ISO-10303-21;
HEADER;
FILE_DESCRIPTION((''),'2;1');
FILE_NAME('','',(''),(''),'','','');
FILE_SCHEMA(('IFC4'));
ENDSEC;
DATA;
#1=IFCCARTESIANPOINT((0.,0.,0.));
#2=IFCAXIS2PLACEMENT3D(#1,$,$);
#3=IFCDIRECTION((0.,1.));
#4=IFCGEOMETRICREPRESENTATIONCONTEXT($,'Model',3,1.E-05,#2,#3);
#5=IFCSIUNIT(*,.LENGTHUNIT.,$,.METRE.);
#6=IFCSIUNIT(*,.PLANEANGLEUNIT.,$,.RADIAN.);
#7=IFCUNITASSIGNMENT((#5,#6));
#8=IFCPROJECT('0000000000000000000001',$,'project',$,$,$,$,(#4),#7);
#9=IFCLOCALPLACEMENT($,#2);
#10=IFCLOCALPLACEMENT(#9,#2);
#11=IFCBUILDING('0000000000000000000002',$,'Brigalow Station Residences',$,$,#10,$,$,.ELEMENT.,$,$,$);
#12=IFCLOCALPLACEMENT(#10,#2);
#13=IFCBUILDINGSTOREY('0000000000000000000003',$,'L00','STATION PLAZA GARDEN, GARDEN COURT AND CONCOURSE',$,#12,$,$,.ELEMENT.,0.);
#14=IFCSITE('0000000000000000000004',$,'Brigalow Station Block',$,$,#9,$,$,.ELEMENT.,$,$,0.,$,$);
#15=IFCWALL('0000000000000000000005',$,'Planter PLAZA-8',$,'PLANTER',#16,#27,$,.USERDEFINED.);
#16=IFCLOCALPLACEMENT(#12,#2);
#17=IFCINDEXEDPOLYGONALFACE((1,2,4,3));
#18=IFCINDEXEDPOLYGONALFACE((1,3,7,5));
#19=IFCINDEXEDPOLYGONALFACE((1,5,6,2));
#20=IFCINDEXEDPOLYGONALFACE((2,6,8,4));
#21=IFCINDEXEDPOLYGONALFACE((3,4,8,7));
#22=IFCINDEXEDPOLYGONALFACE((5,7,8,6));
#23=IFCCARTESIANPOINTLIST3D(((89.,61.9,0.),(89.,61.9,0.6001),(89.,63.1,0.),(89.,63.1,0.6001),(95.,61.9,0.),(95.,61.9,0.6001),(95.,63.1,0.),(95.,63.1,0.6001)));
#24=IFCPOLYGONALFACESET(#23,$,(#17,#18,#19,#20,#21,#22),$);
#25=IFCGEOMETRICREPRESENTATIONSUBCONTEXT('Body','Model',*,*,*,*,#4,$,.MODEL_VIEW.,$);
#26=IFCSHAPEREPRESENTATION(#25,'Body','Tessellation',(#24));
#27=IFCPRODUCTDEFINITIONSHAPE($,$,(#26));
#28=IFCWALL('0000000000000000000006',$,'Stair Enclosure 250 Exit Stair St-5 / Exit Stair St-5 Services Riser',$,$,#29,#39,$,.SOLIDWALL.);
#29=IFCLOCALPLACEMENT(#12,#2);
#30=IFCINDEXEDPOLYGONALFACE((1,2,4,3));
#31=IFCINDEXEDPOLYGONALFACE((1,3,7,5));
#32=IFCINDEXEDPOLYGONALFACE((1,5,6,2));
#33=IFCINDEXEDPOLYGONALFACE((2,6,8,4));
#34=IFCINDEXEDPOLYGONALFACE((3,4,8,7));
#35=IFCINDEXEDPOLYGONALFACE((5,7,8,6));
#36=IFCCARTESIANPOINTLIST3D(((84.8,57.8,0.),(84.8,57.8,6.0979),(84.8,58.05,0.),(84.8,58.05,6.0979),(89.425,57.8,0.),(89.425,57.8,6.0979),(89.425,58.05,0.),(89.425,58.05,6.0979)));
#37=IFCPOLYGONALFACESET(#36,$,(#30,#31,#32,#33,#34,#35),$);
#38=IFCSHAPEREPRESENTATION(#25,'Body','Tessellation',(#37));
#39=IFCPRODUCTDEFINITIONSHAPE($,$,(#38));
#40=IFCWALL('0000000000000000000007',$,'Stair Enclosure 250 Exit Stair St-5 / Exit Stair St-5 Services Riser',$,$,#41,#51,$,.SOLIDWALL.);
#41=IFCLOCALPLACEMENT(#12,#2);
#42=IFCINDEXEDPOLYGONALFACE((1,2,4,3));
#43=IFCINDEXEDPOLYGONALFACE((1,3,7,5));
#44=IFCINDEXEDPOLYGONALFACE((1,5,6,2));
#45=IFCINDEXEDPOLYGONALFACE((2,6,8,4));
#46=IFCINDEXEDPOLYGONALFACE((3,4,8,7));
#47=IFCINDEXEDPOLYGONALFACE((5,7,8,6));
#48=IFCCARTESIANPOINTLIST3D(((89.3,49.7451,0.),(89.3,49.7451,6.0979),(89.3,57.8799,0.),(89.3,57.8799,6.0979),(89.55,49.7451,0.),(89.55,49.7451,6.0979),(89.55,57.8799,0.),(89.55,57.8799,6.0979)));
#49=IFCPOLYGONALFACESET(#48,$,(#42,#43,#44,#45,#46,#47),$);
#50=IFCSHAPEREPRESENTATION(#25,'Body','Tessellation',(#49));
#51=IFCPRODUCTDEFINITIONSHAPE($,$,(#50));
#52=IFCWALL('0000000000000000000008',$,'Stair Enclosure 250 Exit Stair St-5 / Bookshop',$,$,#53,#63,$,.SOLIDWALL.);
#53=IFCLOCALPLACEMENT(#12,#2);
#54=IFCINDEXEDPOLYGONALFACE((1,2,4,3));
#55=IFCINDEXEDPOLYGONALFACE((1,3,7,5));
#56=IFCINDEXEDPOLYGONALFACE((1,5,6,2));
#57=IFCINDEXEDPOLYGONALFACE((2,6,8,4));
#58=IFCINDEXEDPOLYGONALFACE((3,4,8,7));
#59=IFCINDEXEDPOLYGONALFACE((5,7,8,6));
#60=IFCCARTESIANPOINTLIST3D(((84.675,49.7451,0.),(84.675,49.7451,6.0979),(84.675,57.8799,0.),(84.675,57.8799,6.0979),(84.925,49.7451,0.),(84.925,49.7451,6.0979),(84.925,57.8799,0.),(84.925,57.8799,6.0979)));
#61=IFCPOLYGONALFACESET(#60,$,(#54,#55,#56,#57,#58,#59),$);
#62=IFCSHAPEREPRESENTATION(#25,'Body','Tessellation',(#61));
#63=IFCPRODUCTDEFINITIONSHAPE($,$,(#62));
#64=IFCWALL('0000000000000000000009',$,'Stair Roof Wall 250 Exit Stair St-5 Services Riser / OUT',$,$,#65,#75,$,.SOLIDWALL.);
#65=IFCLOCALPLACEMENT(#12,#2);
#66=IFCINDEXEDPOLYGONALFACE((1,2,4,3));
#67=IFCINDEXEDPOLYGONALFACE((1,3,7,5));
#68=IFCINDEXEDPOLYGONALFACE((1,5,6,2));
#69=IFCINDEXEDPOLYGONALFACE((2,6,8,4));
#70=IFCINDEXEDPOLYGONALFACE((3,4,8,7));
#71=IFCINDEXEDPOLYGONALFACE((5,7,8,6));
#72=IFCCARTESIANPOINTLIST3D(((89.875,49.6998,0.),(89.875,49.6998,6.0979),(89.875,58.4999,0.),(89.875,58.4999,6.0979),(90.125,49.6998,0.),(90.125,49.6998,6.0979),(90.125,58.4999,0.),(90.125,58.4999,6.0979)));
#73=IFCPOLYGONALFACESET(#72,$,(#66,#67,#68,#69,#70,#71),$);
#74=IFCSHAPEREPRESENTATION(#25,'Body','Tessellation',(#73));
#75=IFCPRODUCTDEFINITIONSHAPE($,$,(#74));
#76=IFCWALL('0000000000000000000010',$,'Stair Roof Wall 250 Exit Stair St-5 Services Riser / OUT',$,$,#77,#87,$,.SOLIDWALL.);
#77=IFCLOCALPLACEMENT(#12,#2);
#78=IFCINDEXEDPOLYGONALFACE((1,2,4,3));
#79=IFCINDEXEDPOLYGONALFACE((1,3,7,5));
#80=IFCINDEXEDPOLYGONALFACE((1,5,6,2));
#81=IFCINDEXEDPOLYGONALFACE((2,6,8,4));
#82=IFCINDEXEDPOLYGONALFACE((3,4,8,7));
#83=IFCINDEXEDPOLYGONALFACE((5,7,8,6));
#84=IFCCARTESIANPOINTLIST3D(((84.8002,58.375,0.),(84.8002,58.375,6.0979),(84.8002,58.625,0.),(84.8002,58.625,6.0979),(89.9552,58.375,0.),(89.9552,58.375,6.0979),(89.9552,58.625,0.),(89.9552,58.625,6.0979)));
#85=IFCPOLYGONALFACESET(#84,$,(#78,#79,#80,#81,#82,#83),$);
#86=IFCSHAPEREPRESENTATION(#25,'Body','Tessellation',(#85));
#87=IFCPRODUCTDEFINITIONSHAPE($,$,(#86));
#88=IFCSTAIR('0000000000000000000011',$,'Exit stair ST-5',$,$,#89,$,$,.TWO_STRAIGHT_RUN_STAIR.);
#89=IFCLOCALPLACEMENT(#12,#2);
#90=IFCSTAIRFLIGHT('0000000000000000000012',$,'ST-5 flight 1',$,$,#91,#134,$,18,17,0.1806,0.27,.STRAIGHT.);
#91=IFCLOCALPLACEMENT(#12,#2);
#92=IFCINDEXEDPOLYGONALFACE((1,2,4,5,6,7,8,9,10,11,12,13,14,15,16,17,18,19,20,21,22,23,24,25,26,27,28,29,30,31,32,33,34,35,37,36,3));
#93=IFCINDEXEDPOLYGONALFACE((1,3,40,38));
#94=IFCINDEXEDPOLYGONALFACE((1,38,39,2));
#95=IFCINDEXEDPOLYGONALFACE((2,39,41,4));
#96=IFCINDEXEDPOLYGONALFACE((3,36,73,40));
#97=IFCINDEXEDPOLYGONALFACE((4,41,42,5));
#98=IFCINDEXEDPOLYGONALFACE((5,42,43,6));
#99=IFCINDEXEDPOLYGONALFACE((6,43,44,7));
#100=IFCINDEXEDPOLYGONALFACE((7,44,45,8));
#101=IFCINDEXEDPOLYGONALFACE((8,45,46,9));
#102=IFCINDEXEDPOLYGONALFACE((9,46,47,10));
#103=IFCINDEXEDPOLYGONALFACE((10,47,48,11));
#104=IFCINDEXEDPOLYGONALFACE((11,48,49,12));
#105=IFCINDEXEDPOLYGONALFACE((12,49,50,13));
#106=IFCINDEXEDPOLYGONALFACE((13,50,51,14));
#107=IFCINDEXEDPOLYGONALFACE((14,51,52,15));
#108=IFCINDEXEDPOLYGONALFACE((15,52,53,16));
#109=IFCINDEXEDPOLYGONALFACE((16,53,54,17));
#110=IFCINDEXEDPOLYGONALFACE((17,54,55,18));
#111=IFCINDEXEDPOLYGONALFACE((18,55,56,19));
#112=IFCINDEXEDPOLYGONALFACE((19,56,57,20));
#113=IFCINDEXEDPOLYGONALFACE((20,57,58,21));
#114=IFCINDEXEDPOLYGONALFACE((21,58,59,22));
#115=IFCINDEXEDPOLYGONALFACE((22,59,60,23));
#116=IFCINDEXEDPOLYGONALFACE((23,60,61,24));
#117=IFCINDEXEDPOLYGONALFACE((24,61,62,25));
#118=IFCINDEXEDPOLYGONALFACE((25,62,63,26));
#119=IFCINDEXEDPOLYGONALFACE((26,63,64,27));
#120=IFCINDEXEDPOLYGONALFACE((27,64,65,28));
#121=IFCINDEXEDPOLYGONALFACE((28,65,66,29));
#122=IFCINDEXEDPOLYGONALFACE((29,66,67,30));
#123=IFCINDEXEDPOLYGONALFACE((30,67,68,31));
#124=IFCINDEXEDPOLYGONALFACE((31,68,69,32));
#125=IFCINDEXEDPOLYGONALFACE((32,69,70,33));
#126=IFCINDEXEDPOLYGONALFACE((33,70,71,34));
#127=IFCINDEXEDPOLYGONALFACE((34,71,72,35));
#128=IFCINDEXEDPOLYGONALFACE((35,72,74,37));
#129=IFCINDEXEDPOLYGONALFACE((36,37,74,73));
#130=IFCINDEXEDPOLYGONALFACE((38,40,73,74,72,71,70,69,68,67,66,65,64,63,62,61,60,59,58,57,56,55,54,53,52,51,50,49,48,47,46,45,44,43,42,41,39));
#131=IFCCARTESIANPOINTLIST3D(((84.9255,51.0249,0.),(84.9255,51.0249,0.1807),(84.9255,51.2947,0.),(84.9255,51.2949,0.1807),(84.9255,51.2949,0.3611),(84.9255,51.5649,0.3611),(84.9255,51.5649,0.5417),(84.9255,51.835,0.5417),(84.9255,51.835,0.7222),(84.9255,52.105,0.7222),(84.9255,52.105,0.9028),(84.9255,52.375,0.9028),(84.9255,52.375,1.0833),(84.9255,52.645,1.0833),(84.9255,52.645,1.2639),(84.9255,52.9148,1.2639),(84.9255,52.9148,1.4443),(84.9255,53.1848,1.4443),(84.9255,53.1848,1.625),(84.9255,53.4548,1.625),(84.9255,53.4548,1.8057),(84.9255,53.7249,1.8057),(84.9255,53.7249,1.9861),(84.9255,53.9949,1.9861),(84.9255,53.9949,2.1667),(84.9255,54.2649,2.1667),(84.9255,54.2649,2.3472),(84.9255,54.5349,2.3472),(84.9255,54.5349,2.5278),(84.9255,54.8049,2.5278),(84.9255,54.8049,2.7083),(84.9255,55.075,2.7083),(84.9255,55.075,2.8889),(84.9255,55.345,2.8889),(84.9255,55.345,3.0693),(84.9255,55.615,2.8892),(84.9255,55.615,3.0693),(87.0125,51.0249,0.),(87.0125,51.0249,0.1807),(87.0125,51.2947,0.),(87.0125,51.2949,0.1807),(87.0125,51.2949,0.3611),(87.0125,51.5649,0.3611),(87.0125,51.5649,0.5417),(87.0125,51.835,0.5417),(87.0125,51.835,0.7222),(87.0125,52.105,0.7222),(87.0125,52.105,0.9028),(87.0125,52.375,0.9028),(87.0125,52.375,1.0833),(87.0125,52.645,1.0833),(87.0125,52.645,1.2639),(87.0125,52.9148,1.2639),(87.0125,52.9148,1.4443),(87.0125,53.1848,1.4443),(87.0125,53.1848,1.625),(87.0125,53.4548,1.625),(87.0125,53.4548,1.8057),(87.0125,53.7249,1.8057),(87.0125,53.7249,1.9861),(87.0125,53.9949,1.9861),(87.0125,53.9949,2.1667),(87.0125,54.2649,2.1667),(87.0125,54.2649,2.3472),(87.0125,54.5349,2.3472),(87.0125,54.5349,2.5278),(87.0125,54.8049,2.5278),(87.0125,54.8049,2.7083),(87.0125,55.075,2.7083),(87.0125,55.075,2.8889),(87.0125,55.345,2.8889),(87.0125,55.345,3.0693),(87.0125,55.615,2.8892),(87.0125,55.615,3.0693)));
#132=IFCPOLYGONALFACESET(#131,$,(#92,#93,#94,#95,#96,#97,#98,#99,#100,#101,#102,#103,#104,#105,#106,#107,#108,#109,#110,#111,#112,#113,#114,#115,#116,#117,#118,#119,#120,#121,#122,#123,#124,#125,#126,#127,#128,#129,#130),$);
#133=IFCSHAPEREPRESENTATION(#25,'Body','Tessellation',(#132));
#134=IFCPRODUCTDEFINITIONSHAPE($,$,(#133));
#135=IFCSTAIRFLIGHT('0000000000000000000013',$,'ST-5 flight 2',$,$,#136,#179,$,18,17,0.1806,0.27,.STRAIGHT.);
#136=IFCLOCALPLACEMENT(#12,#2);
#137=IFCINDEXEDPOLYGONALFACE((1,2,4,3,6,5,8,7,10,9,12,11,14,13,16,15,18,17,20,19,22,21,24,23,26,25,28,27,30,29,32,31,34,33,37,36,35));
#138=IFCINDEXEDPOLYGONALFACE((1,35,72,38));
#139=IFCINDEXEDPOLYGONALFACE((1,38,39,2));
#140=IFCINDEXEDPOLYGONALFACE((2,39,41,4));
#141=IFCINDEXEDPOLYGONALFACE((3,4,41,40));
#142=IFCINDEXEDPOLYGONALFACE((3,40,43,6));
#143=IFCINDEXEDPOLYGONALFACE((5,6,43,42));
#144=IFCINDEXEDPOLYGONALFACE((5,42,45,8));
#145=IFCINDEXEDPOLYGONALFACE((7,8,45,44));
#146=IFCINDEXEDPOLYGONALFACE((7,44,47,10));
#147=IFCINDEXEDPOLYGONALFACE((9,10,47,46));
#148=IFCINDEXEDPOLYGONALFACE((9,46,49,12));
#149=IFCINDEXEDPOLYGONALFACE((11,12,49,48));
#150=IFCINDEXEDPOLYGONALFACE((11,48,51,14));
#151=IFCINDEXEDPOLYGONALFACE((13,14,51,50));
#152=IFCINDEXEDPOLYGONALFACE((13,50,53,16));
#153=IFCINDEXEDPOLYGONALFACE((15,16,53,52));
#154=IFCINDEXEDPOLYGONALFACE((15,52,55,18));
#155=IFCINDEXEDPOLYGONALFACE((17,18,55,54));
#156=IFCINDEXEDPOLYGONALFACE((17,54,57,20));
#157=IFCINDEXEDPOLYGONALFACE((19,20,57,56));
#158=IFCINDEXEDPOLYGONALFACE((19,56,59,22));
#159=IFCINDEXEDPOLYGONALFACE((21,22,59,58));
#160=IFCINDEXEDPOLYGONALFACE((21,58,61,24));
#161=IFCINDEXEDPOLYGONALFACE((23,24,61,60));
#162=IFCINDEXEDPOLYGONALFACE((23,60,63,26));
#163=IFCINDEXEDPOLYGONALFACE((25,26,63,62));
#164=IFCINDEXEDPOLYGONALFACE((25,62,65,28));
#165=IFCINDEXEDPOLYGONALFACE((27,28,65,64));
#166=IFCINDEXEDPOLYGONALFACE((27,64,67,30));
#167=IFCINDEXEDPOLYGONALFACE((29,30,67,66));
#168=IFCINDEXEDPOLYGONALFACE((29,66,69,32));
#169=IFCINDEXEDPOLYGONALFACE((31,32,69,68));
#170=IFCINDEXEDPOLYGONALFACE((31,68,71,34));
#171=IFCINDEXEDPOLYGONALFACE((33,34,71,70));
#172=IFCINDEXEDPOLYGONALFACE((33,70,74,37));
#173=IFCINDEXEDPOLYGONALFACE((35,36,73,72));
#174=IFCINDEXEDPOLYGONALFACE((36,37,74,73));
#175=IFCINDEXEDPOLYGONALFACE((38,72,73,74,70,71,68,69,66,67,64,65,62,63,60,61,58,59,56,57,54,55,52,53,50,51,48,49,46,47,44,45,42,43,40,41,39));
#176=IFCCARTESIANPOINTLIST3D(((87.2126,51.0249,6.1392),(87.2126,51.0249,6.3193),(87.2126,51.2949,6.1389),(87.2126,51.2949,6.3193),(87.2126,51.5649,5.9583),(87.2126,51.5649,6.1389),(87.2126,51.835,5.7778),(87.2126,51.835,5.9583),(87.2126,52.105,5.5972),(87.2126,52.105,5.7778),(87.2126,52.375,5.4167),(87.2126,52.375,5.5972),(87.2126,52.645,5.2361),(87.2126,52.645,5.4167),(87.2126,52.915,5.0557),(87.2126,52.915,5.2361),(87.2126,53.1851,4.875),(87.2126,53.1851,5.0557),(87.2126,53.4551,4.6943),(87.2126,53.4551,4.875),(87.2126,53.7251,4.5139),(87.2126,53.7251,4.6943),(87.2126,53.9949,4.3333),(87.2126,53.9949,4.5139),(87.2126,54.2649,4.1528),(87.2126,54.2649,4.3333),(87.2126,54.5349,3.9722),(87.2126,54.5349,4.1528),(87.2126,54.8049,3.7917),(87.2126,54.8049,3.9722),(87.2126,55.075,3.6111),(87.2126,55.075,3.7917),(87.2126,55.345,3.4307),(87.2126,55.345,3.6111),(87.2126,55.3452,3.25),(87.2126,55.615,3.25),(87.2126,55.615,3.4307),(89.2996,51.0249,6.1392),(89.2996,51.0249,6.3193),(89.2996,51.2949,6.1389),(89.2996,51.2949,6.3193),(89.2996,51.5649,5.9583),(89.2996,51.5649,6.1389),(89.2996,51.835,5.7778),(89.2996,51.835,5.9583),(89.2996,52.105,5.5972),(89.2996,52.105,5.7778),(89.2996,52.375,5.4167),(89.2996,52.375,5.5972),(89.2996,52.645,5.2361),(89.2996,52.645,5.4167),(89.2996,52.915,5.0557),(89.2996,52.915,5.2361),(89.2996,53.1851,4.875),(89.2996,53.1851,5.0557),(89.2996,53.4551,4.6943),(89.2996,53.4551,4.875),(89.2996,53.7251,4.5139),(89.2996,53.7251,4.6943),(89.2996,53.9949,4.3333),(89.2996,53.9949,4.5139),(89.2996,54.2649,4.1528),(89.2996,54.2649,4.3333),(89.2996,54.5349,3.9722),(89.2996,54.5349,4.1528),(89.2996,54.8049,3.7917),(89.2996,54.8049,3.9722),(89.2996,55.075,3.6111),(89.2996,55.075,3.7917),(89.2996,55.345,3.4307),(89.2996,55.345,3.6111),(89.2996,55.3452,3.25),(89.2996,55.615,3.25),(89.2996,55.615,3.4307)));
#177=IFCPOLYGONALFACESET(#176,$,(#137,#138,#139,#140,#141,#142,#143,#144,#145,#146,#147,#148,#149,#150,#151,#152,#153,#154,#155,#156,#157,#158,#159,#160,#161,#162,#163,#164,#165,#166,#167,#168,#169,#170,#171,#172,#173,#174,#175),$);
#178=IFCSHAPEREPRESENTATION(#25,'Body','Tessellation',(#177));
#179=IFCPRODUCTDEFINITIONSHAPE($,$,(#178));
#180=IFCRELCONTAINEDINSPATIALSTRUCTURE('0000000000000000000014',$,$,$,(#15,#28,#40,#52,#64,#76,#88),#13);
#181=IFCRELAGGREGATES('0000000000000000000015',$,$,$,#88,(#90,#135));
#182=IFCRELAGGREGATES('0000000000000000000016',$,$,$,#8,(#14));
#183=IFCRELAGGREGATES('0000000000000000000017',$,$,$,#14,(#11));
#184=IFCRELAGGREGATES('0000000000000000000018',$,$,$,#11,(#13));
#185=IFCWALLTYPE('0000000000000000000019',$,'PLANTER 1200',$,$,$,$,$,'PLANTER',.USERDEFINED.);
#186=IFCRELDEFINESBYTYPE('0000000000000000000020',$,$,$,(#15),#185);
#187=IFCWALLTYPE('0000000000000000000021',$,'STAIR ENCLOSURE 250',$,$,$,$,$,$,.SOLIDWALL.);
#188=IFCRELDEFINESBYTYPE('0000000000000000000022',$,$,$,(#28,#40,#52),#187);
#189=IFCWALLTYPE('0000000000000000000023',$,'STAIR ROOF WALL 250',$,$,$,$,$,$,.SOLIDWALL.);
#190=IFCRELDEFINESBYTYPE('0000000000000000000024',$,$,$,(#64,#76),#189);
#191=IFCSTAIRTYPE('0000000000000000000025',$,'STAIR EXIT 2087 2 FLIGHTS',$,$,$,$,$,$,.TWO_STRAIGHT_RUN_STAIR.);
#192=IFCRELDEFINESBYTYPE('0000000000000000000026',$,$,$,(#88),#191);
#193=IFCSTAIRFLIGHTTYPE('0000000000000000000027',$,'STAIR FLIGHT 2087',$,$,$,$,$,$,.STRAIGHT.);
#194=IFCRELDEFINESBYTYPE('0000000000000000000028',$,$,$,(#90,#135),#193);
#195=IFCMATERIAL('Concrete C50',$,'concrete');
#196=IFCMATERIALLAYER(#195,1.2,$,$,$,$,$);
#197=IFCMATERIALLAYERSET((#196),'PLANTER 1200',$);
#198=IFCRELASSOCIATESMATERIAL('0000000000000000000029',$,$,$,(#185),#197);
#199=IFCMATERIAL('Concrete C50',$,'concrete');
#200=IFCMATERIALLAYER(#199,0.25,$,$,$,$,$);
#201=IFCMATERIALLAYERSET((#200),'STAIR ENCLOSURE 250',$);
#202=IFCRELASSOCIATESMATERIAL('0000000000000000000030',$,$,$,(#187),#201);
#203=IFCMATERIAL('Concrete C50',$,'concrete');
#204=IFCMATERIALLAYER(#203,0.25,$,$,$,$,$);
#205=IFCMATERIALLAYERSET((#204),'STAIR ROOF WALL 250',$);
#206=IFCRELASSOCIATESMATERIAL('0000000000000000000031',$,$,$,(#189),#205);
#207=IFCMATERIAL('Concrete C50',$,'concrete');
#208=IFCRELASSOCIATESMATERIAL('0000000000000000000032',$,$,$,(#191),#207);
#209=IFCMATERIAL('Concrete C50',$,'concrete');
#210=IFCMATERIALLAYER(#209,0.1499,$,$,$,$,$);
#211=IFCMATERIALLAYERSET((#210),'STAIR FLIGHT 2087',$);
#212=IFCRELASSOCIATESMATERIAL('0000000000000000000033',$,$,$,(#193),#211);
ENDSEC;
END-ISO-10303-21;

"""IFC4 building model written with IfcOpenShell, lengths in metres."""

from ifc_helpers import new_model, si_unit, direction, frame, frame_2d, origin, place, context, subcontext, project, spatial, polyline, rectangle, outline, extrude, material, layer, layer_set, type_object, element, aggregate, save


model = new_model("IFC4")

# Units and contexts
model_context = context("Model", 3, precision=1e-05, world=origin(), true_north=direction((0.0, 1.0)))
body_context = subcontext(model_context, "Body", "Model", "MODEL_VIEW")
ifc_project = project(units=[si_unit("LENGTHUNIT", "METRE"), si_unit("PLANEANGLEUNIT", "RADIAN")], contexts=[model_context])

# Site, building, storey
site_placement = place(None, origin())
site = spatial("IfcSite", under=ifc_project, at=site_placement, Name="Brigalow Station Block", CompositionType="ELEMENT", RefElevation=0.0)
building_placement = place(site_placement, origin())
building = spatial("IfcBuilding", under=site, at=building_placement, Name="Brigalow Station Residences", CompositionType="ELEMENT")
storey_placement = place(building_placement, origin())
storey = spatial("IfcBuildingStorey", under=building, at=storey_placement, Name="L00", Description="STATION PLAZA GARDEN, GARDEN COURT AND CONCOURSE", CompositionType="ELEMENT", Elevation=0.0)

# Wall
ifc_material_1 = material(Name="Concrete C50", Category="concrete")
ifc_layer_1 = layer(ifc_material_1, 1.2)
ifc_layer_set_1 = layer_set([ifc_layer_1], Name="PLANTER 1200")
wall_type_1 = type_object("IfcWallType", Name="PLANTER 1200", ElementType="PLANTER", PredefinedType="USERDEFINED", material=ifc_layer_set_1)
wall_1_placement = place(storey_placement, frame((89.0, 62.5, 0.0), z_axis=(0.0, 0.0, 1.0), x_axis=(1.0, 0.0, 0.0)))
element("IfcWall", 1, at=wall_1_placement, inside=storey, type_object=wall_type_1, Name="Planter PLAZA-8", ObjectType="PLANTER", PredefinedType="USERDEFINED", context=body_context, shape_type="SweptSolid", body=[
    extrude(rectangle(XDim=6.0, YDim=1.2, at=frame_2d((3.0, 0.0))), origin(), (0.0, 0.0, 1.0), 0.6001),
])

# Shared definitions
ifc_material_2 = material(Name="Concrete C50", Category="concrete")
ifc_layer_2 = layer(ifc_material_2, 0.25)
ifc_layer_set_2 = layer_set([ifc_layer_2], Name="STAIR ENCLOSURE 250")
wall_type_2 = type_object("IfcWallType", Name="STAIR ENCLOSURE 250", PredefinedType="SOLIDWALL", material=ifc_layer_set_2)

# Walls
wall_2_placement = place(storey_placement, frame((84.8, 57.925, 0.0), z_axis=(0.0, 0.0, 1.0), x_axis=(1.0, 0.0, 0.0)))
element("IfcWall", 2, at=wall_2_placement, inside=storey, type_object=wall_type_2, Name="Stair Enclosure 250 Exit Stair St-5 / Exit Stair St-5 Services Riser", PredefinedType="SOLIDWALL", context=body_context, shape_type="SweptSolid", body=[
    extrude(rectangle(XDim=4.625, YDim=0.25, at=frame_2d((2.3125, 0.0))), origin(), (0.0, 0.0, 1.0), 6.0979),
])
for number, where, z_axis, x_axis, name in (
    (3, (89.425, 49.7451, 0.0), (0.0, 0.0, 1.0), (0.0, 1.0, 0.0), "Stair Enclosure 250 Exit Stair St-5 / Exit Stair St-5 Services Riser"),
    (4, (84.8, 49.7451, 0.0), (0.0, 0.0, 1.0), (0.0, 1.0, 0.0), "Stair Enclosure 250 Exit Stair St-5 / Bookshop"),
):
    element("IfcWall", number, at=place(storey_placement, frame(where, z_axis=z_axis, x_axis=x_axis)), inside=storey, type_object=wall_type_2, Name=name, PredefinedType="SOLIDWALL", context=body_context, shape_type="SweptSolid", body=[
        extrude(rectangle(XDim=8.1348, YDim=0.25, at=frame_2d((4.0674, 0.0))), origin(), (0.0, 0.0, 1.0), 6.0979),
    ])
ifc_material_3 = material(Name="Concrete C50", Category="concrete")
ifc_layer_3 = layer(ifc_material_3, 0.25)
ifc_layer_set_3 = layer_set([ifc_layer_3], Name="STAIR ROOF WALL 250")
wall_type_3 = type_object("IfcWallType", Name="STAIR ROOF WALL 250", PredefinedType="SOLIDWALL", material=ifc_layer_set_3)
wall_3_placement = place(storey_placement, frame((90.0, 49.7, 0.0), z_axis=(0.0, 0.0, 1.0), x_axis=(0.0, 1.0, 0.0)))
element("IfcWall", 5, at=wall_3_placement, inside=storey, type_object=wall_type_3, Name="Stair Roof Wall 250 Exit Stair St-5 Services Riser / OUT", PredefinedType="SOLIDWALL", context=body_context, shape_type="SweptSolid", body=[
    extrude(rectangle(XDim=8.8, YDim=0.25, at=frame_2d((4.3999, 0.0))), origin(), (0.0, 0.0, 1.0), 6.0979),
])
wall_4_placement = place(storey_placement, frame((84.8, 58.5, 0.0), z_axis=(0.0, 0.0, 1.0), x_axis=(1.0, 0.0, 0.0)))
element("IfcWall", 6, at=wall_4_placement, inside=storey, type_object=wall_type_3, Name="Stair Roof Wall 250 Exit Stair St-5 Services Riser / OUT", PredefinedType="SOLIDWALL", context=body_context, shape_type="SweptSolid", body=[
    extrude(rectangle(XDim=5.155, YDim=0.25, at=frame_2d((2.5776, 0.0))), origin(), (0.0, 0.0, 1.0), 6.0979),
])

# Stair, stair flights
ifc_material_4 = material(Name="Concrete C50", Category="concrete")
stair_type = type_object("IfcStairType", Name="STAIR EXIT 2087 2 FLIGHTS", PredefinedType="TWO_STRAIGHT_RUN_STAIR", material=ifc_material_4)
stair_placement = place(storey_placement, origin())
stair = element("IfcStair", 7, at=stair_placement, inside=storey, type_object=stair_type, Name="Exit stair ST-5", PredefinedType="TWO_STRAIGHT_RUN_STAIR")
ifc_material_5 = material(Name="Concrete C50", Category="concrete")
ifc_layer_4 = layer(ifc_material_5, 0.1499)
ifc_layer_set_4 = layer_set([ifc_layer_4], Name="STAIR FLIGHT 2087")
stair_flight_type = type_object("IfcStairFlightType", Name="STAIR FLIGHT 2087", PredefinedType="STRAIGHT", material=ifc_layer_set_4)
stair_flight_1_placement = place(storey_placement, frame((85.969, 51.0249, 0.0), z_axis=(0.0, 0.0, 1.0), x_axis=(0.0, 1.0, 0.0)))
stair_flight_1 = element("IfcStairFlight", 8, at=stair_flight_1_placement, type_object=stair_flight_type, Name="ST-5 flight 1", NumberOfRisers=18, NumberOfTreads=17, PredefinedType="STRAIGHT", RiserHeight=0.1806, TreadLength=0.27, context=body_context, shape_type="SweptSolid", body=[
    extrude(outline(polyline([(0.0, 0.0), (0.0, 0.1807), (0.27, 0.1807), (0.27, 0.3611), (0.54, 0.3611), (0.54, 0.5417), (0.8101, 0.5417), (0.8101, 0.7222), (1.0801, 0.7222), (1.0801, 0.9028), (1.3501, 0.9028), (1.3501, 1.0833), (1.6201, 1.0833), (1.6201, 1.2639), (1.8899, 1.2639), (1.8899, 1.4443), (2.1599, 1.4443), (2.1599, 1.625), (2.4299, 1.625), (2.4299, 1.8057), (2.7, 1.8057), (2.7, 1.9861), (2.97, 1.9861), (2.97, 2.1667), (3.24, 2.1667), (3.24, 2.3472), (3.51, 2.3472), (3.51, 2.5278), (3.78, 2.5278), (3.78, 2.7083), (4.05, 2.7083), (4.05, 2.8889), (4.3201, 2.8889), (4.3201, 3.0693), (4.5901, 3.0693), (4.5901, 3.25), (4.5901, 2.8892), (0.2698, 0.0), (0.0, 0.0)])), frame((0.0, 1.0435, 0.0), z_axis=(0.0, -1.0, 0.0), x_axis=(1.0, 0.0, 0.0)), (0.0, 0.0, 1.0), 2.0869),
])
stair_flight_2_placement = place(storey_placement, frame((88.2561, 55.615, 3.25), z_axis=(0.0, 0.0, 1.0), x_axis=(0.0, -1.0, 0.0)))
stair_flight_2 = element("IfcStairFlight", 9, at=stair_flight_2_placement, type_object=stair_flight_type, Name="ST-5 flight 2", NumberOfRisers=18, NumberOfTreads=17, PredefinedType="STRAIGHT", RiserHeight=0.1806, TreadLength=0.27, context=body_context, shape_type="SweptSolid", body=[
    extrude(outline(polyline([(0.0, 0.0), (0.0, 0.1807), (0.27, 0.1807), (0.27, 0.3611), (0.54, 0.3611), (0.54, 0.5417), (0.8101, 0.5417), (0.8101, 0.7222), (1.0801, 0.7222), (1.0801, 0.9028), (1.3501, 0.9028), (1.3501, 1.0833), (1.6201, 1.0833), (1.6201, 1.2639), (1.8899, 1.2639), (1.8899, 1.4443), (2.1599, 1.4443), (2.1599, 1.625), (2.4299, 1.625), (2.4299, 1.8057), (2.7, 1.8057), (2.7, 1.9861), (2.97, 1.9861), (2.97, 2.1667), (3.24, 2.1667), (3.24, 2.3472), (3.51, 2.3472), (3.51, 2.5278), (3.78, 2.5278), (3.78, 2.7083), (4.05, 2.7083), (4.05, 2.8889), (4.3201, 2.8889), (4.3201, 3.0693), (4.5901, 3.0693), (4.5901, 3.25), (4.5901, 2.8892), (0.2698, 0.0), (0.0, 0.0)])), frame((0.0, 1.0435, 0.0), z_axis=(0.0, -1.0, 0.0), x_axis=(1.0, 0.0, 0.0)), (0.0, 0.0, 1.0), 2.0869),
])
aggregate(stair, [stair_flight_1, stair_flight_2])

save(model, "model.ifc")
